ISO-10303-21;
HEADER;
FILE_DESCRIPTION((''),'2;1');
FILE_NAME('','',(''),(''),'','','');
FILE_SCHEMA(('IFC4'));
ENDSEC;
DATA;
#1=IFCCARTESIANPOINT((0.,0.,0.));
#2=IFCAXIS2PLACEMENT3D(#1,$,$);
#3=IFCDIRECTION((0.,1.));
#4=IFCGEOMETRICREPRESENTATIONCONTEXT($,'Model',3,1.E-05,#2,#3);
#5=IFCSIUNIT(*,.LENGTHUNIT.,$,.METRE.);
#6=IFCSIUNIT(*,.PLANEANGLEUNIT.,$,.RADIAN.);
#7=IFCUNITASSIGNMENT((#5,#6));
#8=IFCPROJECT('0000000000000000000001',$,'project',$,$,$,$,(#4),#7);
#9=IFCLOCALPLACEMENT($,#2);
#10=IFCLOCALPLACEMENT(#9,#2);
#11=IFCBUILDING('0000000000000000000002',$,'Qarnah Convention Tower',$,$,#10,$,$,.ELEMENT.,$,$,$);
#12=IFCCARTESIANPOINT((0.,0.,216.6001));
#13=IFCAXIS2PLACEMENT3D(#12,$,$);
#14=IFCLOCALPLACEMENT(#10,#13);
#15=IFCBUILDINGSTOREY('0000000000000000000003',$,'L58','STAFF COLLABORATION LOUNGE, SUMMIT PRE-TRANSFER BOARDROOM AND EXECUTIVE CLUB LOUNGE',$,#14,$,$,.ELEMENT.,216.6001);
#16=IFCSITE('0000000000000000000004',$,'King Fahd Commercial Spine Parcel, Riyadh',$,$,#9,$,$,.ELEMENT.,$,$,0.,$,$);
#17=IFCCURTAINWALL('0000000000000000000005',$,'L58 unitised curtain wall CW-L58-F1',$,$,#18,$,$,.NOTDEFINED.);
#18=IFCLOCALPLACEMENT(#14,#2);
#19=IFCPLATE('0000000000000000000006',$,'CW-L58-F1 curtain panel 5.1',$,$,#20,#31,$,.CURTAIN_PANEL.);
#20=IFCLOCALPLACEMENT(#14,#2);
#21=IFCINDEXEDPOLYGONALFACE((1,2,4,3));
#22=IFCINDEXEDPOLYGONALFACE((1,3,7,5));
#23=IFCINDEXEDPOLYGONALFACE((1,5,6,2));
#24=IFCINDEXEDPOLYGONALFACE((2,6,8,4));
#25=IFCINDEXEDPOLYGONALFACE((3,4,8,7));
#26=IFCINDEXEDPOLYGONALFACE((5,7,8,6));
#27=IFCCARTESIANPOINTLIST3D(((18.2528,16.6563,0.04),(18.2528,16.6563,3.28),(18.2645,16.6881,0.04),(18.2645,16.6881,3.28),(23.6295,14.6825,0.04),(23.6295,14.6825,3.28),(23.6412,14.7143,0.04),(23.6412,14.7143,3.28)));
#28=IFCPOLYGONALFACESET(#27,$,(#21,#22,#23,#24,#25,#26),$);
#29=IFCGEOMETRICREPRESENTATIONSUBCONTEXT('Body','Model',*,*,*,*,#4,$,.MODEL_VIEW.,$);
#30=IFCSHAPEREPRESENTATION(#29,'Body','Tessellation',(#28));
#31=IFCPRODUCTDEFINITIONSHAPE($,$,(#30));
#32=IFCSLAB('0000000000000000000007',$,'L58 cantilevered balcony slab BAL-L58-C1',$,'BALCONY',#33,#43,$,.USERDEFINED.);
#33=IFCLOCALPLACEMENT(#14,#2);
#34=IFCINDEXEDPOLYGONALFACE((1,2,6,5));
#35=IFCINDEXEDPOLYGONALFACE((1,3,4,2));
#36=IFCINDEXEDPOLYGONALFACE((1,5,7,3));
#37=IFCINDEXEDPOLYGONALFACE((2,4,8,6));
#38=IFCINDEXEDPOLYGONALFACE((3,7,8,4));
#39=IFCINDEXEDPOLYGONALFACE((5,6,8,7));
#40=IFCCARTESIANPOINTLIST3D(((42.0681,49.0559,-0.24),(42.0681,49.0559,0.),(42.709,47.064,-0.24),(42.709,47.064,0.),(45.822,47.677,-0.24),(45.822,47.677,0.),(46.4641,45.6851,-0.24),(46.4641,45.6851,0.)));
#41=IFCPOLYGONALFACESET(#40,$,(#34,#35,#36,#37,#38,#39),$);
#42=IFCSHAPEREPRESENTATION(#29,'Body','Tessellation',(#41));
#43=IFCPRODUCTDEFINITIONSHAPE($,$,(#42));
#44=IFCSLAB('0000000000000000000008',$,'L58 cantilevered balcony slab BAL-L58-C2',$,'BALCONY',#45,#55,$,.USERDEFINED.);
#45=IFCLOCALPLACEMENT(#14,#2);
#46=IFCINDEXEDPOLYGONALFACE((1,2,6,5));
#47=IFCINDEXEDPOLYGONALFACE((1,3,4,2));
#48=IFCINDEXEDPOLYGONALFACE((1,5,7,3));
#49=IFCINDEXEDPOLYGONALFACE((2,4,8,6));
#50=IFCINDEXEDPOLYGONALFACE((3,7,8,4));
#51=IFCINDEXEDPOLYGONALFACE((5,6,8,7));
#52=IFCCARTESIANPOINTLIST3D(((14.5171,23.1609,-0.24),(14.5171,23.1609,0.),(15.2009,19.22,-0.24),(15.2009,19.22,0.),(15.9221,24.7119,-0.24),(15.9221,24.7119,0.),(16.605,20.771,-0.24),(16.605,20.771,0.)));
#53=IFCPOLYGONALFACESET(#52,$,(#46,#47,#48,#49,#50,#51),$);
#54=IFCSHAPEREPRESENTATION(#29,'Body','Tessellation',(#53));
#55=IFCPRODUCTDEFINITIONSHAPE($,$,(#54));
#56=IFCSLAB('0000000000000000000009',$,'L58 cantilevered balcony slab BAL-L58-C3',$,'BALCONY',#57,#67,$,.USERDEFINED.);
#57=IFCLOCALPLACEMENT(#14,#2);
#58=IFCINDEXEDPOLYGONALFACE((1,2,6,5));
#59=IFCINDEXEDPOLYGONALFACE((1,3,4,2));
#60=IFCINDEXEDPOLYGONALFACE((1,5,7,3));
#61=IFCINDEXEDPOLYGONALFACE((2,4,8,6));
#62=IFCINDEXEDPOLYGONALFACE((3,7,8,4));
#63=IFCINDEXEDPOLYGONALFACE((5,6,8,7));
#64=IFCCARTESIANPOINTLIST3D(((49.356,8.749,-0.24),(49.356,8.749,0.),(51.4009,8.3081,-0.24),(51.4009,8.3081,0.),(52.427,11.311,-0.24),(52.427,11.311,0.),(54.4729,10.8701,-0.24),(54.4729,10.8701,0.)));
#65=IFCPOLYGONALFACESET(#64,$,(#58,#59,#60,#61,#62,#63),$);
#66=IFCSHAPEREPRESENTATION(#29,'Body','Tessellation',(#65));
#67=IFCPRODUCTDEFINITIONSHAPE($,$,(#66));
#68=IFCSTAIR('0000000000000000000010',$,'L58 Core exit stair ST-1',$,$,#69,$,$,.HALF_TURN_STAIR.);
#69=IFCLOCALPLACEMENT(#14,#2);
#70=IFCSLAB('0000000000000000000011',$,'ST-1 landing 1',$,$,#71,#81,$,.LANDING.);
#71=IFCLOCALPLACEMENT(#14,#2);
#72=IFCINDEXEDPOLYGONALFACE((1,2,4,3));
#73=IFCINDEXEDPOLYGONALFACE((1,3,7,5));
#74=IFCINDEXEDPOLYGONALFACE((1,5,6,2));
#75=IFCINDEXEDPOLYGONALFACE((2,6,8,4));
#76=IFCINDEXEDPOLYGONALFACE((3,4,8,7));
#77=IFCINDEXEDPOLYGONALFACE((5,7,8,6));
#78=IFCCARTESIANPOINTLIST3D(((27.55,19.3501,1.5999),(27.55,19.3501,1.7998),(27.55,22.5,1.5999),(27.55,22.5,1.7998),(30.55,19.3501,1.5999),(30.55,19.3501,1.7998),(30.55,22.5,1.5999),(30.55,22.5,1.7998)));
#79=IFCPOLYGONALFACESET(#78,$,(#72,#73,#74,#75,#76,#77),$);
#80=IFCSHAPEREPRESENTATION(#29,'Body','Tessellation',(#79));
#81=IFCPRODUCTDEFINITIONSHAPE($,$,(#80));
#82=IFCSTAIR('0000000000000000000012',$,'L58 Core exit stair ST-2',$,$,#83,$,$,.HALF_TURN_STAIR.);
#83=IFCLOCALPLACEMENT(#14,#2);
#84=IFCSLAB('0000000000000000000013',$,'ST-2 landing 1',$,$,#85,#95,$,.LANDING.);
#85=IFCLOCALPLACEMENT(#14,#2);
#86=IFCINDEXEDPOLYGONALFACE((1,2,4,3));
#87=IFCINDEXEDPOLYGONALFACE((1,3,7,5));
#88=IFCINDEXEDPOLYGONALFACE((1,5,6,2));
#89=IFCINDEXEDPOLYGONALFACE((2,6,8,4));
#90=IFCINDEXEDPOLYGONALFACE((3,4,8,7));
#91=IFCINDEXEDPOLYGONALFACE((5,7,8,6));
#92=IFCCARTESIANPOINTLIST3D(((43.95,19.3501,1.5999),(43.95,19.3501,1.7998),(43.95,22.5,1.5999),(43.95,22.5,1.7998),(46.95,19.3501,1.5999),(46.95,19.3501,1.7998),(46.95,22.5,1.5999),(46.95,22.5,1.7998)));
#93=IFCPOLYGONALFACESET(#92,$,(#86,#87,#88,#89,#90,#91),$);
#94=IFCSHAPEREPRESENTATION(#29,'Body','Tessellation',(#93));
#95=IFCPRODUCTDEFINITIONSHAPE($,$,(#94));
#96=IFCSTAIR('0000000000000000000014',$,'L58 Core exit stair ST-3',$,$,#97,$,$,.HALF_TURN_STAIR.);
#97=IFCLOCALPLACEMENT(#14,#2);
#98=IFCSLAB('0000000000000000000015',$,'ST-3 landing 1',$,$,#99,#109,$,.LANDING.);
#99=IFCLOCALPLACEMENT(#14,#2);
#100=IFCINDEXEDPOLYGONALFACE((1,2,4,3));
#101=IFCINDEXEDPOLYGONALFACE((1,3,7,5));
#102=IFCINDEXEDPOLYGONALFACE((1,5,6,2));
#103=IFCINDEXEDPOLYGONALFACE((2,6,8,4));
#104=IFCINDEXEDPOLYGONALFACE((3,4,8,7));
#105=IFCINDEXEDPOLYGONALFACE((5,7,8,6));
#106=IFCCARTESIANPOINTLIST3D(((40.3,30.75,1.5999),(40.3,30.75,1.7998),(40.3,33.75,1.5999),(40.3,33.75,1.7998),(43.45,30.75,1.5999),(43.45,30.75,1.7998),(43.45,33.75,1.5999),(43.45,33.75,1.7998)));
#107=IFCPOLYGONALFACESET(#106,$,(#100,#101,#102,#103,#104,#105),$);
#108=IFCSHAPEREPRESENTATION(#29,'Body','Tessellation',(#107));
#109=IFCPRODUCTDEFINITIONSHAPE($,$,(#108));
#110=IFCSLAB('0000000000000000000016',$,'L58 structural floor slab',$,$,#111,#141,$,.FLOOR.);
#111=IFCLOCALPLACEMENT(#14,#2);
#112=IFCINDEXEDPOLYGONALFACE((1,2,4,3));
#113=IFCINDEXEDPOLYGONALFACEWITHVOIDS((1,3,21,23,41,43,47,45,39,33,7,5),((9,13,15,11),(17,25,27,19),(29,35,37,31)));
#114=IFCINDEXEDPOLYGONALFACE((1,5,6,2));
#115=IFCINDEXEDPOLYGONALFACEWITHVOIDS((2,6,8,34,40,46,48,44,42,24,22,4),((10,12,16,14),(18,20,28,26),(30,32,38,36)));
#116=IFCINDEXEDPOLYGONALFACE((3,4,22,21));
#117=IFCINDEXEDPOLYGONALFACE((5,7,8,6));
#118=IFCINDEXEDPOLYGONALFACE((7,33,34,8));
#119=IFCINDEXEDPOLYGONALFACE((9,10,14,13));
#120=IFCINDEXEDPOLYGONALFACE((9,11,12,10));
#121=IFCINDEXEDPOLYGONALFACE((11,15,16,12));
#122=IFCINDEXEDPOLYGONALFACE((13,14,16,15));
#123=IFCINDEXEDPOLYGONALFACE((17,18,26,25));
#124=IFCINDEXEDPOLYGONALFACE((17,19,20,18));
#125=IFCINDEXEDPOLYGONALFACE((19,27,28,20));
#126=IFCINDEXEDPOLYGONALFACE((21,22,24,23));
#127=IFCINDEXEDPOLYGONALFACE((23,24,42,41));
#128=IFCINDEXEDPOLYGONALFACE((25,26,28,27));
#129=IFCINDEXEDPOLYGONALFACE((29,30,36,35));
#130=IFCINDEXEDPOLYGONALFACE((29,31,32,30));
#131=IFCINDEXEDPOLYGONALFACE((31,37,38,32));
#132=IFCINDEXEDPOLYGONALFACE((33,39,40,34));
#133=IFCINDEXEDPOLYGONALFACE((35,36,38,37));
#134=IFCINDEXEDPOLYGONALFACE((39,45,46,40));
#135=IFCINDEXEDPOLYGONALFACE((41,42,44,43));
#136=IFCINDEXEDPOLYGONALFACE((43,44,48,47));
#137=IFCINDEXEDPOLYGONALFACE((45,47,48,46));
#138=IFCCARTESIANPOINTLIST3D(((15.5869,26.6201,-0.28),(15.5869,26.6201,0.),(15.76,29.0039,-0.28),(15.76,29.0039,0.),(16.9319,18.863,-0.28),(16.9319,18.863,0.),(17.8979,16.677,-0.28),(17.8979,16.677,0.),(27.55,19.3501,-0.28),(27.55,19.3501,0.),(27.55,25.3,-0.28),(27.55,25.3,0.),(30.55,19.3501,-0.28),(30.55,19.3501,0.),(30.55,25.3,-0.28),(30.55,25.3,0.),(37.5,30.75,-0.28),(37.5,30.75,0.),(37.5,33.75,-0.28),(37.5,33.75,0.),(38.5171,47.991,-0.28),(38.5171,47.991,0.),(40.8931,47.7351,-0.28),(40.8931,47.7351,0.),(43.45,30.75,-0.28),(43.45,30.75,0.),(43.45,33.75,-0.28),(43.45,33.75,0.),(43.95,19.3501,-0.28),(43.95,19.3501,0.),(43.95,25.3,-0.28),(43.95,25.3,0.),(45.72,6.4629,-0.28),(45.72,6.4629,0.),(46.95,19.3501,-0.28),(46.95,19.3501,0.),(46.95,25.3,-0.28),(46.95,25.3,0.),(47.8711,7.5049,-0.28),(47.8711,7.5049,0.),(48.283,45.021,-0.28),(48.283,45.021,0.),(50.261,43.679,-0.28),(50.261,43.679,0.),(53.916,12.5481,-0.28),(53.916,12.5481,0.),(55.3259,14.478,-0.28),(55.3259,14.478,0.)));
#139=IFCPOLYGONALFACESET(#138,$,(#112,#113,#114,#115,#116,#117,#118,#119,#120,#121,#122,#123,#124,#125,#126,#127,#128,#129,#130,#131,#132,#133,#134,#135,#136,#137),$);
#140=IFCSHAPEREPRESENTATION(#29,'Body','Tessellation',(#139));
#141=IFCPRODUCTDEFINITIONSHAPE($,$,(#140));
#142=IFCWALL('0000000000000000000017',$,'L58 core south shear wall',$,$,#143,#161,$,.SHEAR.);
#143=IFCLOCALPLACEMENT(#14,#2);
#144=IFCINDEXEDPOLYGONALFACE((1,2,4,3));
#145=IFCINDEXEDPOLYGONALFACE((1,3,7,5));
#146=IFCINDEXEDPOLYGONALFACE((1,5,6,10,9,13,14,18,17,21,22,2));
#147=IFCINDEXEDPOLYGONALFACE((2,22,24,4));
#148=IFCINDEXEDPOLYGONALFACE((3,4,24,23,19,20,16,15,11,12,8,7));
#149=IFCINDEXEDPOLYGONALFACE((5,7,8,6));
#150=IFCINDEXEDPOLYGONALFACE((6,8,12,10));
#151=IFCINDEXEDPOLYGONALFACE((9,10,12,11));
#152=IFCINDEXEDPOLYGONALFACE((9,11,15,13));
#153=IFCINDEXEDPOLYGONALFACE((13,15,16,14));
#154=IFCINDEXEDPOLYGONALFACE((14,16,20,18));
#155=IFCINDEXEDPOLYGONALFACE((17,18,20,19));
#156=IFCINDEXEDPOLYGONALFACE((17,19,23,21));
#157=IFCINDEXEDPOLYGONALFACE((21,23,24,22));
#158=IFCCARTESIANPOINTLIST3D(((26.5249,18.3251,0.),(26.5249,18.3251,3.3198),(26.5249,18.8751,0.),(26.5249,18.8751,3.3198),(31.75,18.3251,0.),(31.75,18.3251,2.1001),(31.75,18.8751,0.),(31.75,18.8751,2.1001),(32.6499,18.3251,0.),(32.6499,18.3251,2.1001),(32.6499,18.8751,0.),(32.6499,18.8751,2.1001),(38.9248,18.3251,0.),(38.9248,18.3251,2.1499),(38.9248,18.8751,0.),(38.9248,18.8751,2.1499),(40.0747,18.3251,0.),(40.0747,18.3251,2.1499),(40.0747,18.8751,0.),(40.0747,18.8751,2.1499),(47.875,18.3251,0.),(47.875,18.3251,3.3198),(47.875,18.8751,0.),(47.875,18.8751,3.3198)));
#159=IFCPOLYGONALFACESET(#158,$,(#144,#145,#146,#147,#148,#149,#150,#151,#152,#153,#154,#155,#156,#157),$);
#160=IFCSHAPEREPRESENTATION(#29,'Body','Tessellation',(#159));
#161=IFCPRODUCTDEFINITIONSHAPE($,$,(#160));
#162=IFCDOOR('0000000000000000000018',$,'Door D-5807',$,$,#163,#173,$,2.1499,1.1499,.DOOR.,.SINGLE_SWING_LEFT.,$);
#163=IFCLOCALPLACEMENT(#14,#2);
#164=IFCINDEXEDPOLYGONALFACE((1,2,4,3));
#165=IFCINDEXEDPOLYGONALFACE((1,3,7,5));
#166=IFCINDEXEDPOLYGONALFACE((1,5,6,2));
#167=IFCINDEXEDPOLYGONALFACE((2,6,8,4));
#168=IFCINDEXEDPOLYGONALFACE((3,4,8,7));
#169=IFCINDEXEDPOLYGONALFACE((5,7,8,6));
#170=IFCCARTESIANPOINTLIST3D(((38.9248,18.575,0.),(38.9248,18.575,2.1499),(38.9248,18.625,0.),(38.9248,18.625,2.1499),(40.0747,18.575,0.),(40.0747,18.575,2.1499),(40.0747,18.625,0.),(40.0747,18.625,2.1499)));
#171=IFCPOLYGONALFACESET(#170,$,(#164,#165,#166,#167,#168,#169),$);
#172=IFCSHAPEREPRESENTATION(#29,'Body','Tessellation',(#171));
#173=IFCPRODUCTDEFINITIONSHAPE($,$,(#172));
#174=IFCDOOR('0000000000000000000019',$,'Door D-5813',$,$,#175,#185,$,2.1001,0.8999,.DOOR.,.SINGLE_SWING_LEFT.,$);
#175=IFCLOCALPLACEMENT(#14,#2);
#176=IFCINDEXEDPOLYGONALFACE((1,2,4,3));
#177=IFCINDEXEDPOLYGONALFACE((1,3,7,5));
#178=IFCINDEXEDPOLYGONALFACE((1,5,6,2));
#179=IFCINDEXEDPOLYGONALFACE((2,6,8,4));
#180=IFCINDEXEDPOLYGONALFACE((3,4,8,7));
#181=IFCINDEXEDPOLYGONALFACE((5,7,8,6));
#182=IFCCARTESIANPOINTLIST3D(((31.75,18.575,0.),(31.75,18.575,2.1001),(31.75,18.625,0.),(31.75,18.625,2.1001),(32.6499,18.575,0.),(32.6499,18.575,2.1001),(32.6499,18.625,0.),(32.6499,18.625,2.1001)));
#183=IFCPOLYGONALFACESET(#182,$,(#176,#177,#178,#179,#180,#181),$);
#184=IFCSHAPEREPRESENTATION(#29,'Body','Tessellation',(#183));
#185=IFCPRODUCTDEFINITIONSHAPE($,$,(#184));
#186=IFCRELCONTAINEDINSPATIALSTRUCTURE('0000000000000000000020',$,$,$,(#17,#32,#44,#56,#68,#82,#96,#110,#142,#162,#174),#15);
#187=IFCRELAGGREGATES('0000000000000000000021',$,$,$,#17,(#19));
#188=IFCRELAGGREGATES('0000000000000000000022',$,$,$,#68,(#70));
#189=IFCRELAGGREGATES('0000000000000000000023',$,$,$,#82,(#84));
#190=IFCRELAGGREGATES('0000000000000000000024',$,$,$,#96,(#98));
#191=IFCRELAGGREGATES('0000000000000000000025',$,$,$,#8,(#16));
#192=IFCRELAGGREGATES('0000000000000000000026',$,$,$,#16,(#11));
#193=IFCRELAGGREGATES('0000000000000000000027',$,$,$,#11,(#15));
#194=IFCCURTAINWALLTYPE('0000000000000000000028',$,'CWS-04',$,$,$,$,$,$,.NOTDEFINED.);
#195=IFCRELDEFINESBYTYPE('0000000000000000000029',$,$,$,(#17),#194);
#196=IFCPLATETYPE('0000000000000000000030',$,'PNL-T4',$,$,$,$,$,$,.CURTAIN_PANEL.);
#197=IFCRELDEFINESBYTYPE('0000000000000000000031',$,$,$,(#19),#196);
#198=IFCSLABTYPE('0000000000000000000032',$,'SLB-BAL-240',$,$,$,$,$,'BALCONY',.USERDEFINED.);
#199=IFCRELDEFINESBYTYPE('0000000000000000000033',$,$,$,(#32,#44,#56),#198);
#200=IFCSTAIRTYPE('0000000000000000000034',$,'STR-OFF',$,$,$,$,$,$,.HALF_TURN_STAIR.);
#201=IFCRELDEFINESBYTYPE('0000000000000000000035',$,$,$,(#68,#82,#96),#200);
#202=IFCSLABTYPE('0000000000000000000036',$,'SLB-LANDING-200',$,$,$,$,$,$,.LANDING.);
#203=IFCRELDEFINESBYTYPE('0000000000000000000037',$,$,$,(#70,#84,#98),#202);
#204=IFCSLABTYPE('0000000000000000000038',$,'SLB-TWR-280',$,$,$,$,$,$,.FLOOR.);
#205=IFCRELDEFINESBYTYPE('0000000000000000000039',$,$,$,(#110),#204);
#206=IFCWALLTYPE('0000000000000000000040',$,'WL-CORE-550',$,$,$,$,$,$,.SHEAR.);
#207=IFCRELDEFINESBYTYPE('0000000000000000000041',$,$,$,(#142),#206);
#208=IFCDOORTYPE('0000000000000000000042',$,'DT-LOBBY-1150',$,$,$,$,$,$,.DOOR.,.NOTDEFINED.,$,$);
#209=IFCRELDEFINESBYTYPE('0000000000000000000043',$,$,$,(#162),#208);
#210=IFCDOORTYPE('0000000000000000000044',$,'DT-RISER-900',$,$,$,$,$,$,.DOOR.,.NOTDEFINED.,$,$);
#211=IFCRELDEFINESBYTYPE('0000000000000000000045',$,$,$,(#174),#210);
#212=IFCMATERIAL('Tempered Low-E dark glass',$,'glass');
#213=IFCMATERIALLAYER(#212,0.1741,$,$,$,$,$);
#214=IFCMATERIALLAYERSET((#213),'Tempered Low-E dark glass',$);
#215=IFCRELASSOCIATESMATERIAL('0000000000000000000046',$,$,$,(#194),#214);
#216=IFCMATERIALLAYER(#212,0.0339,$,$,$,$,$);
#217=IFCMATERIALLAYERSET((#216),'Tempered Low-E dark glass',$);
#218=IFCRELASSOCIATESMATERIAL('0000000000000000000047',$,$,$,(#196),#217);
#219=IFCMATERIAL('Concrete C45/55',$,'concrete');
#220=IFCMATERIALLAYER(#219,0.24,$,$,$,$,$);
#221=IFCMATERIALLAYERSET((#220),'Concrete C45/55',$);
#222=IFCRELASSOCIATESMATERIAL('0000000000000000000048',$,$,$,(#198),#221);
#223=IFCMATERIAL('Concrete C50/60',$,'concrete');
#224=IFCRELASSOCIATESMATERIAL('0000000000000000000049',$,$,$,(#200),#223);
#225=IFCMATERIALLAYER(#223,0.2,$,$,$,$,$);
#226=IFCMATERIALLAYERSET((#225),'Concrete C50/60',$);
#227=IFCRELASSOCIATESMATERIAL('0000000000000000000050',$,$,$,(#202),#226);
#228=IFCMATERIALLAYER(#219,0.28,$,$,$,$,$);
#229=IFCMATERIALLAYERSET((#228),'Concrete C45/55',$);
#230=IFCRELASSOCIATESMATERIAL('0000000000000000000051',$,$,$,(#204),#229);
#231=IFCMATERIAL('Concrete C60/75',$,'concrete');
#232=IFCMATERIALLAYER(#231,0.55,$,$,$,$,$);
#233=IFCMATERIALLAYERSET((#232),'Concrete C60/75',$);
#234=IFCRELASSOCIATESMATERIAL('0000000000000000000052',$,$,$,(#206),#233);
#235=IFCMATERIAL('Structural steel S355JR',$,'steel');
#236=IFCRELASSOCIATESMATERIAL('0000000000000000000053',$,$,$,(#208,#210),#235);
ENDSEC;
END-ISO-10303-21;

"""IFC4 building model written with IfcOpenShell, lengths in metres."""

from ifc_helpers import new_model, si_unit, direction, frame, frame_2d, origin, origin_2d, place, context, subcontext, project, spatial, polyline, rectangle, outline, extrude, material, layer, layer_set, type_object, element, fill, aggregate, save


model = new_model("IFC4")

# Units and contexts
model_context = context("Model", 3, precision=1e-05, world=origin(), true_north=direction((0.0, 1.0)))
body_context = subcontext(model_context, "Body", "Model", "MODEL_VIEW")
ifc_project = project(units=[si_unit("LENGTHUNIT", "METRE"), si_unit("PLANEANGLEUNIT", "RADIAN")], contexts=[model_context])

# Site, building, storey
site_placement = place(None, origin())
site = spatial("IfcSite", under=ifc_project, at=site_placement, Name="King Fahd Commercial Spine Parcel, Riyadh", CompositionType="ELEMENT", RefElevation=0.0)
building_placement = place(site_placement, origin())
building = spatial("IfcBuilding", under=site, at=building_placement, Name="Qarnah Convention Tower", CompositionType="ELEMENT")
storey_placement = place(building_placement, frame((0.0, 0.0, 216.6001)))
storey = spatial("IfcBuildingStorey", under=building, at=storey_placement, Name="L58", Description="STAFF COLLABORATION LOUNGE, SUMMIT PRE-TRANSFER BOARDROOM AND EXECUTIVE CLUB LOUNGE", CompositionType="ELEMENT", Elevation=216.6001)

# Shared definitions
ifc_material_1 = material(Name="Concrete C50/60", Category="concrete")

# Shared definitions
ifc_material_2 = material(Name="Structural steel S355JR", Category="steel")

# Curtain wall, plate
ifc_material_3 = material(Name="Tempered Low-E dark glass", Category="glass")
ifc_layer_1 = layer(ifc_material_3, 0.1741)
ifc_layer_set_1 = layer_set([ifc_layer_1], Name="Tempered Low-E dark glass")
curtain_wall_type = type_object("IfcCurtainWallType", Name="CWS-04", PredefinedType="NOTDEFINED", material=ifc_layer_set_1)
curtain_wall_placement = place(storey_placement, origin())
curtain_wall = element("IfcCurtainWall", 1, at=curtain_wall_placement, inside=storey, type_object=curtain_wall_type, Name="L58 unitised curtain wall CW-L58-F1", PredefinedType="NOTDEFINED")
ifc_layer_2 = layer(ifc_material_3, 0.0339)
ifc_layer_set_2 = layer_set([ifc_layer_2], Name="Tempered Low-E dark glass")
plate_type = type_object("IfcPlateType", Name="PNL-T4", PredefinedType="CURTAIN_PANEL", material=ifc_layer_set_2)
plate_1_placement = place(storey_placement, frame((20.947, 15.6853, 0.04), z_axis=(0.0, 0.0, 1.0), x_axis=(-0.938742, 0.34462, 0.0)))
plate_1 = element("IfcPlate", 2, at=plate_1_placement, type_object=plate_type, Name="CW-L58-F1 curtain panel 5.1", PredefinedType="CURTAIN_PANEL", context=body_context, shape_type="SweptSolid", body=[
    extrude(rectangle(XDim=5.7275, YDim=0.0339, at=origin_2d()), origin(), (0.0, 0.0, 1.0), 3.24),
])
aggregate(curtain_wall, [plate_1])

# Slabs
ifc_material_4 = material(Name="Concrete C45/55", Category="concrete")
ifc_layer_3 = layer(ifc_material_4, 0.24)
ifc_layer_set_3 = layer_set([ifc_layer_3], Name="Concrete C45/55")
slab_type_1 = type_object("IfcSlabType", Name="SLB-BAL-240", ElementType="BALCONY", PredefinedType="USERDEFINED", material=ifc_layer_set_3)
slab_1_placement = place(storey_placement, frame((0.0, 0.0, -0.24)))
element("IfcSlab", 3, at=slab_1_placement, inside=storey, type_object=slab_type_1, Name="L58 cantilevered balcony slab BAL-L58-C1", ObjectType="BALCONY", PredefinedType="USERDEFINED", context=body_context, shape_type="SweptSolid", body=[
    extrude(outline(polyline([(42.0681, 49.0559), (45.822, 47.677), (46.4641, 45.6851), (42.709, 47.064), (42.0681, 49.0559)])), origin(), (0.0, 0.0, 1.0), 0.24),
])
slab_2_placement = place(storey_placement, frame((0.0, 0.0, -0.24)))
element("IfcSlab", 4, at=slab_2_placement, inside=storey, type_object=slab_type_1, Name="L58 cantilevered balcony slab BAL-L58-C2", ObjectType="BALCONY", PredefinedType="USERDEFINED", context=body_context, shape_type="SweptSolid", body=[
    extrude(outline(polyline([(15.2009, 19.22), (14.5171, 23.1609), (15.9221, 24.7119), (16.605, 20.771), (15.2009, 19.22)])), origin(), (0.0, 0.0, 1.0), 0.24),
])
slab_3_placement = place(storey_placement, frame((0.0, 0.0, -0.24)))
element("IfcSlab", 5, at=slab_3_placement, inside=storey, type_object=slab_type_1, Name="L58 cantilevered balcony slab BAL-L58-C3", ObjectType="BALCONY", PredefinedType="USERDEFINED", context=body_context, shape_type="SweptSolid", body=[
    extrude(outline(polyline([(54.4729, 10.8701), (51.4009, 8.3081), (49.356, 8.749), (52.427, 11.311), (54.4729, 10.8701)])), origin(), (0.0, 0.0, 1.0), 0.24),
])

# Stairs, slabs
stair_type = type_object("IfcStairType", Name="STR-OFF", PredefinedType="HALF_TURN_STAIR", material=ifc_material_1)
stair_1_placement = place(storey_placement, origin())
stair_1 = element("IfcStair", 6, at=stair_1_placement, inside=storey, type_object=stair_type, Name="L58 Core exit stair ST-1", PredefinedType="HALF_TURN_STAIR")
ifc_layer_4 = layer(ifc_material_1, 0.2)
ifc_layer_set_4 = layer_set([ifc_layer_4], Name="Concrete C50/60")
slab_type_2 = type_object("IfcSlabType", Name="SLB-LANDING-200", PredefinedType="LANDING", material=ifc_layer_set_4)
slab_4_placement = place(storey_placement, frame((0.0, 0.0, 1.5999)))
slab_4 = element("IfcSlab", 7, at=slab_4_placement, type_object=slab_type_2, Name="ST-1 landing 1", PredefinedType="LANDING", context=body_context, shape_type="SweptSolid", body=[
    extrude(outline(polyline([(27.55, 22.5), (27.55, 19.3501), (30.55, 19.3501), (30.55, 22.5), (27.55, 22.5)])), origin(), (0.0, 0.0, 1.0), 0.2),
])
aggregate(stair_1, [slab_4])
stair_2_placement = place(storey_placement, origin())
stair_2 = element("IfcStair", 8, at=stair_2_placement, inside=storey, type_object=stair_type, Name="L58 Core exit stair ST-2", PredefinedType="HALF_TURN_STAIR")
slab_5_placement = place(storey_placement, frame((0.0, 0.0, 1.5999)))
slab_5 = element("IfcSlab", 9, at=slab_5_placement, type_object=slab_type_2, Name="ST-2 landing 1", PredefinedType="LANDING", context=body_context, shape_type="SweptSolid", body=[
    extrude(outline(polyline([(43.95, 22.5), (43.95, 19.3501), (46.95, 19.3501), (46.95, 22.5), (43.95, 22.5)])), origin(), (0.0, 0.0, 1.0), 0.2),
])
aggregate(stair_2, [slab_5])
stair_3_placement = place(storey_placement, origin())
stair_3 = element("IfcStair", 10, at=stair_3_placement, inside=storey, type_object=stair_type, Name="L58 Core exit stair ST-3", PredefinedType="HALF_TURN_STAIR")
slab_6_placement = place(storey_placement, frame((0.0, 0.0, 1.5999)))
slab_6 = element("IfcSlab", 11, at=slab_6_placement, type_object=slab_type_2, Name="ST-3 landing 1", PredefinedType="LANDING", context=body_context, shape_type="SweptSolid", body=[
    extrude(outline(polyline([(40.3, 30.75), (43.45, 30.75), (43.45, 33.75), (40.3, 33.75), (40.3, 30.75)])), origin(), (0.0, 0.0, 1.0), 0.2),
])
aggregate(stair_3, [slab_6])

# Slab
ifc_layer_5 = layer(ifc_material_4, 0.28)
ifc_layer_set_5 = layer_set([ifc_layer_5], Name="Concrete C45/55")
slab_type_3 = type_object("IfcSlabType", Name="SLB-TWR-280", PredefinedType="FLOOR", material=ifc_layer_set_5)
slab_7_placement = place(storey_placement, frame((0.0, 0.0, -0.28)))
element("IfcSlab", 12, at=slab_7_placement, inside=storey, type_object=slab_type_3, Name="L58 structural floor slab", PredefinedType="FLOOR", context=body_context, shape_type="SweptSolid", body=[
    extrude(outline(polyline([(38.5171, 47.991), (15.76, 29.0039), (15.5869, 26.6201), (16.9319, 18.863), (17.8979, 16.677), (45.72, 6.4629), (47.8711, 7.5049), (53.916, 12.5481), (55.3259, 14.478), (50.261, 43.679), (48.283, 45.021), (40.8931, 47.7351), (38.5171, 47.991)]), holes=[polyline([(27.55, 25.3), (27.55, 19.3501), (30.55, 19.3501), (30.55, 25.3), (27.55, 25.3)]), polyline([(43.95, 25.3), (43.95, 19.3501), (46.95, 19.3501), (46.95, 25.3), (43.95, 25.3)]), polyline([(37.5, 30.75), (43.45, 30.75), (43.45, 33.75), (37.5, 33.75), (37.5, 30.75)])]), origin(), (0.0, 0.0, 1.0), 0.28),
])

# Wall, openings, doors
ifc_material_5 = material(Name="Concrete C60/75", Category="concrete")
ifc_layer_6 = layer(ifc_material_5, 0.55)
ifc_layer_set_6 = layer_set([ifc_layer_6], Name="Concrete C60/75")
wall_type_1 = type_object("IfcWallType", Name="WL-CORE-550", PredefinedType="SHEAR", material=ifc_layer_set_6)
wall_1_placement = place(storey_placement, frame((26.5249, 18.6001, 0.0), z_axis=(0.0, 0.0, 1.0), x_axis=(1.0, 0.0, 0.0)))
wall_1 = element("IfcWall", 13, at=wall_1_placement, inside=storey, type_object=wall_type_1, Name="L58 core south shear wall", PredefinedType="SHEAR", context=body_context, shape_type="SweptSolid", body=[
    extrude(rectangle(XDim=21.3501, YDim=0.55, at=frame_2d((10.675, 0.0))), origin(), (0.0, 0.0, 1.0), 3.3198),
])
opening_1_placement = place(wall_1_placement, frame((12.3999, 0.0, 0.0)))
opening_1 = element("IfcOpeningElement", 14, at=opening_1_placement, cuts=wall_1, PredefinedType="OPENING", context=body_context, shape_type="SweptSolid", body=[
    extrude(rectangle(XDim=1.1499, YDim=2.1499, at=frame_2d((0.575, 1.075))), frame((0.0, 0.2849, 0.0), z_axis=(0.0, -1.0, 0.0), x_axis=(1.0, 0.0, 0.0)), (0.0, 0.0, 1.0), 0.5701),
])
opening_2_placement = place(wall_1_placement, frame((5.2251, 0.0, 0.0)))
opening_2 = element("IfcOpeningElement", 15, at=opening_2_placement, cuts=wall_1, PredefinedType="OPENING", context=body_context, shape_type="SweptSolid", body=[
    extrude(rectangle(XDim=0.8999, YDim=2.1001, at=frame_2d((0.45, 1.05))), frame((0.0, 0.2849, 0.0), z_axis=(0.0, -1.0, 0.0), x_axis=(1.0, 0.0, 0.0)), (0.0, 0.0, 1.0), 0.5701),
])
door_type_1 = type_object("IfcDoorType", Name="DT-LOBBY-1150", OperationType="NOTDEFINED", PredefinedType="DOOR", material=ifc_material_2)
door_1_placement = place(opening_1_placement, origin())
door_1 = element("IfcDoor", 16, at=door_1_placement, inside=storey, type_object=door_type_1, Name="Door D-5807", OperationType="SINGLE_SWING_LEFT", OverallHeight=2.1499, OverallWidth=1.1499, PredefinedType="DOOR", context=body_context, shape_type="SweptSolid", body=[
    extrude(rectangle(XDim=1.1499, YDim=2.1499, at=frame_2d((0.575, 1.075))), frame((0.0, 0.0249, 0.0), z_axis=(0.0, -1.0, 0.0), x_axis=(1.0, 0.0, 0.0)), (0.0, 0.0, 1.0), 0.05),
])
fill(opening_1, door_1)
door_type_2 = type_object("IfcDoorType", Name="DT-RISER-900", OperationType="NOTDEFINED", PredefinedType="DOOR", material=ifc_material_2)
door_2_placement = place(opening_2_placement, origin())
door_2 = element("IfcDoor", 17, at=door_2_placement, inside=storey, type_object=door_type_2, Name="Door D-5813", OperationType="SINGLE_SWING_LEFT", OverallHeight=2.1001, OverallWidth=0.8999, PredefinedType="DOOR", context=body_context, shape_type="SweptSolid", body=[
    extrude(rectangle(XDim=0.8999, YDim=2.1001, at=frame_2d((0.45, 1.05))), frame((0.0, 0.0249, 0.0), z_axis=(0.0, -1.0, 0.0), x_axis=(1.0, 0.0, 0.0)), (0.0, 0.0, 1.0), 0.05),
])
fill(opening_2, door_2)

save(model, "model.ifc")
